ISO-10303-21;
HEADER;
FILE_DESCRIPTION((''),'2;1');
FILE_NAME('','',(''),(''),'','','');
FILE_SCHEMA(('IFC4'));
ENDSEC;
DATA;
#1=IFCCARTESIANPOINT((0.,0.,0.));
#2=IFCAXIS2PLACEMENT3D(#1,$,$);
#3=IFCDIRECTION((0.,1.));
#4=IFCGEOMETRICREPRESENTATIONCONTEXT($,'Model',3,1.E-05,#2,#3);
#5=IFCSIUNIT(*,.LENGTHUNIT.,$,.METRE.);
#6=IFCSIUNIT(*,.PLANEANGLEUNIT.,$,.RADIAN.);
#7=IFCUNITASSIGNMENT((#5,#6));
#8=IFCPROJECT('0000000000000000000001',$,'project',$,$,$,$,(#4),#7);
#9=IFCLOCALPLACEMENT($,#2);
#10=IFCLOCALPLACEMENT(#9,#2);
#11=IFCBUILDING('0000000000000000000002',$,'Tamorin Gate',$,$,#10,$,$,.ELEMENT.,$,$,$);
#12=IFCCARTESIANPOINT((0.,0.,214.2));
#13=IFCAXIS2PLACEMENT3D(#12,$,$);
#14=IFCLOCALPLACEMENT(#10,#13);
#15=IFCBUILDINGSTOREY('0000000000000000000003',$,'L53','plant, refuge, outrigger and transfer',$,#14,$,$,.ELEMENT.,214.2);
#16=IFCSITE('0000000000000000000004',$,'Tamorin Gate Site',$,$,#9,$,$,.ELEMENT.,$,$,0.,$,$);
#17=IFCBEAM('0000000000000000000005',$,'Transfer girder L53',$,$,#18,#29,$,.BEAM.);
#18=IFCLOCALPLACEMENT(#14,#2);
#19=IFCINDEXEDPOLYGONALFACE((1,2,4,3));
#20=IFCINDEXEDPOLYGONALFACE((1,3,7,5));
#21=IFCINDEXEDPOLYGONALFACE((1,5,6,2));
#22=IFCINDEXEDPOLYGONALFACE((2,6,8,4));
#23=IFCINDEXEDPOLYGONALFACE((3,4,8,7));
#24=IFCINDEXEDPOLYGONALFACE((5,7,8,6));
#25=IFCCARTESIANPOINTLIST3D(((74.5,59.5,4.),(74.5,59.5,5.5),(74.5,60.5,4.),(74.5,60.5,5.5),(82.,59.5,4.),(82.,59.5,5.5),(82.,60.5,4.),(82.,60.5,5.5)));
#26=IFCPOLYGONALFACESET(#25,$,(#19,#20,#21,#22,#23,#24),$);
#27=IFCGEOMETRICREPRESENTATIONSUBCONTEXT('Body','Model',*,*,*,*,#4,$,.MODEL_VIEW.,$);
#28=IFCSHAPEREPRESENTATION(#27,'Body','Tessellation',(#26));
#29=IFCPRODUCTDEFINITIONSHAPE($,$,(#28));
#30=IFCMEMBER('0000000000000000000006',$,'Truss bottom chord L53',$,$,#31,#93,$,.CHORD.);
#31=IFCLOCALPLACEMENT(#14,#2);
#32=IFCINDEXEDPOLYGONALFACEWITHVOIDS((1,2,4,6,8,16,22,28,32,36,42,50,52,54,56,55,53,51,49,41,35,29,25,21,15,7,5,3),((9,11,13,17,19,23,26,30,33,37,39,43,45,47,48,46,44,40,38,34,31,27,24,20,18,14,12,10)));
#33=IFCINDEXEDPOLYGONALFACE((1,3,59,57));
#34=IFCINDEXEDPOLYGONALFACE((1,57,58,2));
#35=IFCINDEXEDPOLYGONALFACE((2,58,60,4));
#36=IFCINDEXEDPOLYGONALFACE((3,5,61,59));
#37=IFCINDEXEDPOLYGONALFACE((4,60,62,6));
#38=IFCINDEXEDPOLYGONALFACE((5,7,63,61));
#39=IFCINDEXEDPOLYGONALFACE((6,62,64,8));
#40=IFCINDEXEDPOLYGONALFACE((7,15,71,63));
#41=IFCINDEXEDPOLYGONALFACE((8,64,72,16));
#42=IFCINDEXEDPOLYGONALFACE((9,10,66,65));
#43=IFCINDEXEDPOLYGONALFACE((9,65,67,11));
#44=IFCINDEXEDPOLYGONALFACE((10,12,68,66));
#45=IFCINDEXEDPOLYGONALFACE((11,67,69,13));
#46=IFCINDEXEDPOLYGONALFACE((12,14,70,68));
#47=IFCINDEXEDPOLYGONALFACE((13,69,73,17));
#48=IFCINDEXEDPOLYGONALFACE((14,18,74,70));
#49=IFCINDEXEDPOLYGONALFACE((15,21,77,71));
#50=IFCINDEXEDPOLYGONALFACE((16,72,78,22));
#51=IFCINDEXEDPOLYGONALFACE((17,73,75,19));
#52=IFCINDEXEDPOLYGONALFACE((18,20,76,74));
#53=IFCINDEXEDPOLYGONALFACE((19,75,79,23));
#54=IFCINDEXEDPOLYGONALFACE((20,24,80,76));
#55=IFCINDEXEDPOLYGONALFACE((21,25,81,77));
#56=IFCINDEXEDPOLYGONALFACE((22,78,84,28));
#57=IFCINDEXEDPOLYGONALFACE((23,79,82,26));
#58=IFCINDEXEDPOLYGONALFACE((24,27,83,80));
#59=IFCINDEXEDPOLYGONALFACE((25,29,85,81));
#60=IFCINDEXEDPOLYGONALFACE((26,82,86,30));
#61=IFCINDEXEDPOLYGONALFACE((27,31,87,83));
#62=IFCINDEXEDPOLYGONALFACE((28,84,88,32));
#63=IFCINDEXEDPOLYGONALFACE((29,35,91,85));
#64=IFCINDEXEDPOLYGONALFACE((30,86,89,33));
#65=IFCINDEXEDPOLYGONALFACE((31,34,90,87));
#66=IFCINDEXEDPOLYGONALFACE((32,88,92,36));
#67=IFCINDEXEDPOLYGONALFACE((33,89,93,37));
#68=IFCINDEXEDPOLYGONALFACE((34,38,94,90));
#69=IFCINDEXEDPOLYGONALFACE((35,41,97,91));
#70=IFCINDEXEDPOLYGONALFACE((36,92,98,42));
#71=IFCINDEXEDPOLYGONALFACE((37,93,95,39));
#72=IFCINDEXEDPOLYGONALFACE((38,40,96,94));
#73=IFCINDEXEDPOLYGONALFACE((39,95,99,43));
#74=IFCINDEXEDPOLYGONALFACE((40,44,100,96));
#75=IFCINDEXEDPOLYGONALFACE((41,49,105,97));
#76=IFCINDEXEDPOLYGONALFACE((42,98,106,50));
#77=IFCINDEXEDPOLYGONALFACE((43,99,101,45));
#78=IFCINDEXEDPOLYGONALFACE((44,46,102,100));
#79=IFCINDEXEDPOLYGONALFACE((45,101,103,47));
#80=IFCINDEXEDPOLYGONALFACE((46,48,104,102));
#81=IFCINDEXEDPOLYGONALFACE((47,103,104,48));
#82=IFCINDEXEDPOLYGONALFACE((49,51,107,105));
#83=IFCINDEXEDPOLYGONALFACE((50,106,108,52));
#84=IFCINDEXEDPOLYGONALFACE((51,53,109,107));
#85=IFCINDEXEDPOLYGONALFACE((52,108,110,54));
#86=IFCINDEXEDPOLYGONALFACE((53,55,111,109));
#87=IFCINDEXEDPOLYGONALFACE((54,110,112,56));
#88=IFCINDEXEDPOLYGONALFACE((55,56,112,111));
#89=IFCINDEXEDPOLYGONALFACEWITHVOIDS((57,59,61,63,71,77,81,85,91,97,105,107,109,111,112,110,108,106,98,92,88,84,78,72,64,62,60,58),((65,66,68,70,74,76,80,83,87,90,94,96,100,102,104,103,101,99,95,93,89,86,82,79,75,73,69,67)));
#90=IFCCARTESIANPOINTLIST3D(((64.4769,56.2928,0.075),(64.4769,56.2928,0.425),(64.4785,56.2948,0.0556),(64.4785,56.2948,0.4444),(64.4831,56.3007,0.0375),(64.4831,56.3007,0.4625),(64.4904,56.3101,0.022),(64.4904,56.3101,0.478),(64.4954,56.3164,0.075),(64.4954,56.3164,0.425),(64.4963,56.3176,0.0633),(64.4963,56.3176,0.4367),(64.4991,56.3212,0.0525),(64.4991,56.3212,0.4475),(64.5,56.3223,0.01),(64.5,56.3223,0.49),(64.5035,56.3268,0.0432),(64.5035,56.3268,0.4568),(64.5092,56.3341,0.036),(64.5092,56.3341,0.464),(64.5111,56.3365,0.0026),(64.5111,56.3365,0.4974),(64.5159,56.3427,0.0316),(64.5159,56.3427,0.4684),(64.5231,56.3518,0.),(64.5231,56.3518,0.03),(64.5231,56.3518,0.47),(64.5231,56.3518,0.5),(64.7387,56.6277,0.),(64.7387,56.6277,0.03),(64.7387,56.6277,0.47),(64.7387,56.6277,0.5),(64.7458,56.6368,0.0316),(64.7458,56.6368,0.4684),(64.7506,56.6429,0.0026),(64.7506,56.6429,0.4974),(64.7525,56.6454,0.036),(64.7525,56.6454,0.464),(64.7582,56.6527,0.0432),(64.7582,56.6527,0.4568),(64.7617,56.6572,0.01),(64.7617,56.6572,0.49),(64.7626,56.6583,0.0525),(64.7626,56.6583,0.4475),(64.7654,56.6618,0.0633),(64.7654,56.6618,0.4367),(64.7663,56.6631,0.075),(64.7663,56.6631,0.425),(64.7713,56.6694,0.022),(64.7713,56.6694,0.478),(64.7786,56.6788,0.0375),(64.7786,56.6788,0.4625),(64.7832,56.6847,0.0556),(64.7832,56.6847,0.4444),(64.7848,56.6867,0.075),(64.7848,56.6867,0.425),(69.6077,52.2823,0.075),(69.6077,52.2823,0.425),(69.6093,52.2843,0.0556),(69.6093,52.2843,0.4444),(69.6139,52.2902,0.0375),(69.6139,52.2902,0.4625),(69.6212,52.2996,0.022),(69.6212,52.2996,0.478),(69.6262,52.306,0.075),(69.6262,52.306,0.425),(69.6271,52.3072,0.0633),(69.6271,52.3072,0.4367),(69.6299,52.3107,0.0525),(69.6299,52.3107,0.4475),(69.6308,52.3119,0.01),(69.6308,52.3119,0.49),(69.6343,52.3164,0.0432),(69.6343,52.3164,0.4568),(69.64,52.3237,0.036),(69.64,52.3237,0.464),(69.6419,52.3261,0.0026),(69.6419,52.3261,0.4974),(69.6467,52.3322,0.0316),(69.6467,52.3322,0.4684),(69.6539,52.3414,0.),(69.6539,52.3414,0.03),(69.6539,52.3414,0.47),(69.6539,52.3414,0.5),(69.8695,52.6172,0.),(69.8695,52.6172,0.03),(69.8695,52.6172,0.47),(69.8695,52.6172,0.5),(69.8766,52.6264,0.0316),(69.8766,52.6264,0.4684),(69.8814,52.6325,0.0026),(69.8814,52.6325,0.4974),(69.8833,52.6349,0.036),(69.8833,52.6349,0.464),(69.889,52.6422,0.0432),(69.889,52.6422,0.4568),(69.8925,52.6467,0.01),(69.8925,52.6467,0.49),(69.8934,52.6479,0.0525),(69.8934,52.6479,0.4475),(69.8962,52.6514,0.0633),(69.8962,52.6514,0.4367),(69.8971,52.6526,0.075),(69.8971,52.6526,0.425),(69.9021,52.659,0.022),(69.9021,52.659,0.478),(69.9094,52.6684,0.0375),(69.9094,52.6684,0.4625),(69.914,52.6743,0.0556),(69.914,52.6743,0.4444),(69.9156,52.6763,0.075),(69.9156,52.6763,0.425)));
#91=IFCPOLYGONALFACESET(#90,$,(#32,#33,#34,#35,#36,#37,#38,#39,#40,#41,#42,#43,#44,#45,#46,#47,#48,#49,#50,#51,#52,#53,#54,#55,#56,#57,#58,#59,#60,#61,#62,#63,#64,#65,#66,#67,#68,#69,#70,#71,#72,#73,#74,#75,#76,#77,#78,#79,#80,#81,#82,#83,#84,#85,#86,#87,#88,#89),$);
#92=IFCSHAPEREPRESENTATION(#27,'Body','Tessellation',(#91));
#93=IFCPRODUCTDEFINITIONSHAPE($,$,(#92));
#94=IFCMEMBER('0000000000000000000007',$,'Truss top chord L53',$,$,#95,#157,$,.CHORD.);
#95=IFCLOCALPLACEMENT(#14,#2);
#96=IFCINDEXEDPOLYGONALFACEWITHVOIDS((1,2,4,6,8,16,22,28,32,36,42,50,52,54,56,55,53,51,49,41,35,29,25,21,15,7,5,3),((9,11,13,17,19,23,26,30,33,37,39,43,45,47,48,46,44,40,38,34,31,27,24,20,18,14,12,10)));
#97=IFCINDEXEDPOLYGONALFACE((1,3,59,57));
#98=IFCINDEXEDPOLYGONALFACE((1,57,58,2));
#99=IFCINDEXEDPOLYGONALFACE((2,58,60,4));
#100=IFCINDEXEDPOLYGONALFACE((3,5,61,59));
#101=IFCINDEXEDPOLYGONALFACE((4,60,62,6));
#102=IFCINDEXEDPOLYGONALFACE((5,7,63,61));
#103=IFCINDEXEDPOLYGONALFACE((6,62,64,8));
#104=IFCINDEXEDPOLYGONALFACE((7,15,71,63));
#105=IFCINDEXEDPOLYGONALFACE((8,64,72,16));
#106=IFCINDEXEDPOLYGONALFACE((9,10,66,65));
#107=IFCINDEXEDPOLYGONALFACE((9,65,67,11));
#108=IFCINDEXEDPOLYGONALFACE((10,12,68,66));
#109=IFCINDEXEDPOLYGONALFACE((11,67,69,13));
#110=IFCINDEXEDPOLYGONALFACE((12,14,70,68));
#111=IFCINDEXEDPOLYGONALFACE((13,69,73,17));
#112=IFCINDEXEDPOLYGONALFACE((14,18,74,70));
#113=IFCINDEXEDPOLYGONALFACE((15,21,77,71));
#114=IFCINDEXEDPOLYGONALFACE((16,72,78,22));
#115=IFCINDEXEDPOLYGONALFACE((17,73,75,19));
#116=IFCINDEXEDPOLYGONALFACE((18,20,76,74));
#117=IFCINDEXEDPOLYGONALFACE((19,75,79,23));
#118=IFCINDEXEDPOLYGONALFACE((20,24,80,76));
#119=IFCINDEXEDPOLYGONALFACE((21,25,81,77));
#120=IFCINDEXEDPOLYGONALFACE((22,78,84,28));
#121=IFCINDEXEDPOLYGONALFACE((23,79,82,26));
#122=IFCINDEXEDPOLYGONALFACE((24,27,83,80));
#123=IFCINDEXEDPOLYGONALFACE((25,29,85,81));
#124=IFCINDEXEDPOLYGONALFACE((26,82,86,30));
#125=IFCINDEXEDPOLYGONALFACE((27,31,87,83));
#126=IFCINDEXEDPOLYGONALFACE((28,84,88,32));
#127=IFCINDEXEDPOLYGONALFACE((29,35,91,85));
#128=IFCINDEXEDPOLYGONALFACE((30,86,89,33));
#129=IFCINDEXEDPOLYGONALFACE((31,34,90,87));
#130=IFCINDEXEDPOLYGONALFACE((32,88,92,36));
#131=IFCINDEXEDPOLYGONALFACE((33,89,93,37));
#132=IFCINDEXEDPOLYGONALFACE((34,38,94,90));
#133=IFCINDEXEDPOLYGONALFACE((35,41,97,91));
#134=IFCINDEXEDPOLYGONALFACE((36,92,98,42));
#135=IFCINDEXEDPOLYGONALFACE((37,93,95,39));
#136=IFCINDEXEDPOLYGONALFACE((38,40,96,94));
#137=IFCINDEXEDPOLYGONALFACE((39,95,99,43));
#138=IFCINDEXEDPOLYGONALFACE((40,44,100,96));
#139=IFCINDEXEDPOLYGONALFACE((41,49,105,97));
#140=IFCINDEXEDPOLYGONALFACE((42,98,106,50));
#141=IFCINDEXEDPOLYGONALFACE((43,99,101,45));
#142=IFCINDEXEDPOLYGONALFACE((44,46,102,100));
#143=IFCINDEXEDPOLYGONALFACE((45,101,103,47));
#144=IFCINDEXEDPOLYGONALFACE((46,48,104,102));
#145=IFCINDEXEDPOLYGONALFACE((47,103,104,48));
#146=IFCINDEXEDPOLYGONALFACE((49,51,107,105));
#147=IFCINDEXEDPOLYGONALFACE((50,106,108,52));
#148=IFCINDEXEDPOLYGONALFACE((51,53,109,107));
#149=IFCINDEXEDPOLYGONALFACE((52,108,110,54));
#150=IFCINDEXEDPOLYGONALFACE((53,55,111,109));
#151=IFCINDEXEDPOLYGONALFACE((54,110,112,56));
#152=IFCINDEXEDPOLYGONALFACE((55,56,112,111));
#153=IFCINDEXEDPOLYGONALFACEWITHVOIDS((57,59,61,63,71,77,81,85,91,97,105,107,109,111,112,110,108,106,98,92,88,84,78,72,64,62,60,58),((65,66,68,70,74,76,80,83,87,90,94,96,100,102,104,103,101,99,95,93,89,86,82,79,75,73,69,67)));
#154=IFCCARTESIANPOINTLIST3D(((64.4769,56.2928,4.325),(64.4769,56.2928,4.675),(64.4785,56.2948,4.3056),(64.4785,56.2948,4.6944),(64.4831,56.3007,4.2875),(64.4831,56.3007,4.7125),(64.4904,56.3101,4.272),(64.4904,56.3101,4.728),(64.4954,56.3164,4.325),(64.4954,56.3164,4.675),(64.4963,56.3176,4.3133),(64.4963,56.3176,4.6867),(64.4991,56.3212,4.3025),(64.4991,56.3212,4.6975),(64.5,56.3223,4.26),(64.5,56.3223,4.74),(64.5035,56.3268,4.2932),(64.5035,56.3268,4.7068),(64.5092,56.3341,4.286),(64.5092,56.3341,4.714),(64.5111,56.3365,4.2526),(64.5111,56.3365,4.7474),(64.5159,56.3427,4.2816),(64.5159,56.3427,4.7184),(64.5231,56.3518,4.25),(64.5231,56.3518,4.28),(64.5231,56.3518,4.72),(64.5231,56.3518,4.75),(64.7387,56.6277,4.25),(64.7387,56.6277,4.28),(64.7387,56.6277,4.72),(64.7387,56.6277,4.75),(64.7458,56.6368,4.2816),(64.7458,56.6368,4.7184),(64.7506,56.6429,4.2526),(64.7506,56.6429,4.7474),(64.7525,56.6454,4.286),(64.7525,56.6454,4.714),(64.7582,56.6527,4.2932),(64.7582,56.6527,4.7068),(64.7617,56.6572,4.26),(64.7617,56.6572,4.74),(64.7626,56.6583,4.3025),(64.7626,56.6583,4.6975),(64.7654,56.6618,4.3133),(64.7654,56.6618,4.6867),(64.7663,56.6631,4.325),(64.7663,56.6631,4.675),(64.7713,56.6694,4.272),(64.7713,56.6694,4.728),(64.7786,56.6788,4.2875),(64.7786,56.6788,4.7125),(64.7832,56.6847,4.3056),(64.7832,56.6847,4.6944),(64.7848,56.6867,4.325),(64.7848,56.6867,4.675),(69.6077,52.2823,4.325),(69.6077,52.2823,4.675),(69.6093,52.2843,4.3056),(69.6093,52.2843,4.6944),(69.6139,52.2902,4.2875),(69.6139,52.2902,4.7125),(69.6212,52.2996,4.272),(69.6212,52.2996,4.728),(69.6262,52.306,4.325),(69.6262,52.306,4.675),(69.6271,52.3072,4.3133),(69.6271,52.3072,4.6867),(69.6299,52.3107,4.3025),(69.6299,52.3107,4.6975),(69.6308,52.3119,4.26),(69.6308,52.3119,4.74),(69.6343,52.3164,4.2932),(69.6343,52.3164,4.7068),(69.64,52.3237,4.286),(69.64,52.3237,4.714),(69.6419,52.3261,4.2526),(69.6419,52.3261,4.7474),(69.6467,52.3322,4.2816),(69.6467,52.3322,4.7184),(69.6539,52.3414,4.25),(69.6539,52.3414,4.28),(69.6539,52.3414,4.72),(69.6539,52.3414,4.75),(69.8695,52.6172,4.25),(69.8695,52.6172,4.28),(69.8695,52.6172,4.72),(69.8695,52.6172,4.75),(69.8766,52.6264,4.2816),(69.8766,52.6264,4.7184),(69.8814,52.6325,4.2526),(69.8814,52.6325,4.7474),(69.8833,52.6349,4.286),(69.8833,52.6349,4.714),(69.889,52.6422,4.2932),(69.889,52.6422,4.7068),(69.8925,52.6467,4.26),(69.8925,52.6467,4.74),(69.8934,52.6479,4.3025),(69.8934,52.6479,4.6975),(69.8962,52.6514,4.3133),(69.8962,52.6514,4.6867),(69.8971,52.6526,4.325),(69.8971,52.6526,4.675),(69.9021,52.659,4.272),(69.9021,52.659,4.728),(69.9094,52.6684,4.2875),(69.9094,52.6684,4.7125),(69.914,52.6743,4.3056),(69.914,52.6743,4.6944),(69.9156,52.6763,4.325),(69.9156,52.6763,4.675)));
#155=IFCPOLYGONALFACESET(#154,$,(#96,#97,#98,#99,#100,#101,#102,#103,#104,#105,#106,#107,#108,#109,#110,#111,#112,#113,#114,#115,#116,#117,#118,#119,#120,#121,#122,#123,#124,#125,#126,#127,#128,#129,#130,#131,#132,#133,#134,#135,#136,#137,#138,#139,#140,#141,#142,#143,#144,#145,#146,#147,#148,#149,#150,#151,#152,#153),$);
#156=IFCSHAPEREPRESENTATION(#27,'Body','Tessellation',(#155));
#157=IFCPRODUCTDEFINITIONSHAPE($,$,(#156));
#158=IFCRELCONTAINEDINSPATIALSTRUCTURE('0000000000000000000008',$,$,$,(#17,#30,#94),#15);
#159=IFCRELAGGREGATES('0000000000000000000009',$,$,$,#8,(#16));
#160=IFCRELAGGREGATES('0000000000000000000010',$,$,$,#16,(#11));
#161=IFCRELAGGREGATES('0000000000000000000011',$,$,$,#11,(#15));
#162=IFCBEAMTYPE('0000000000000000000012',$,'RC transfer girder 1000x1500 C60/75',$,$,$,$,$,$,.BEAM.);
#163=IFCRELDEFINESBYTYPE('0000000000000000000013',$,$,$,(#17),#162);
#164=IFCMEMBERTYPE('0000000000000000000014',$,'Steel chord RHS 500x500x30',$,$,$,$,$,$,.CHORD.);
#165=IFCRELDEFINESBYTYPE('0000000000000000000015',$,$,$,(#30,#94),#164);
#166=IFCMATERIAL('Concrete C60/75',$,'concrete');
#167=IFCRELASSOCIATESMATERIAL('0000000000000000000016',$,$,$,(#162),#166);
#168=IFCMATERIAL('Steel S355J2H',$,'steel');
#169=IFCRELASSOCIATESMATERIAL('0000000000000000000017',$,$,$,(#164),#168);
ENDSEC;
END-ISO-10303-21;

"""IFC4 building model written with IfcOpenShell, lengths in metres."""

from ifc_helpers import new_model, si_unit, direction, frame, origin, origin_2d, place, context, subcontext, project, spatial, rectangle, hollow_rectangle, extrude, material, material_profile, profile_set, type_object, element, save


model = new_model("IFC4")

# Units and contexts
model_context = context("Model", 3, precision=1e-05, world=origin(), true_north=direction((0.0, 1.0)))
body_context = subcontext(model_context, "Body", "Model", "MODEL_VIEW")
ifc_project = project(units=[si_unit("LENGTHUNIT", "METRE"), si_unit("PLANEANGLEUNIT", "RADIAN")], contexts=[model_context])

# Site, building, storey
site_placement = place(None, origin())
site = spatial("IfcSite", under=ifc_project, at=site_placement, Name="Tamorin Gate Site", CompositionType="ELEMENT", RefElevation=0.0)
building_placement = place(site_placement, origin())
building = spatial("IfcBuilding", under=site, at=building_placement, Name="Tamorin Gate", CompositionType="ELEMENT")
storey_placement = place(building_placement, frame((0.0, 0.0, 214.2)))
storey = spatial("IfcBuildingStorey", under=building, at=storey_placement, Name="L53", Description="plant, refuge, outrigger and transfer", CompositionType="ELEMENT", Elevation=214.2)

# Shared definitions
ifc_material_1 = material(Name="Concrete C60/75", Category="concrete")

# Beam
ifc_material_profile_1 = material_profile(ifc_material_1, rectangle(XDim=1.0, YDim=1.5, at=origin_2d()), Name="RC 1000x1500")
ifc_profile_set_1 = profile_set([ifc_material_profile_1], Name="Concrete C60/75")
beam_type_1 = type_object("IfcBeamType", Name="RC transfer girder 1000x1500 C60/75", PredefinedType="BEAM", material=ifc_profile_set_1)
for number, where, z_axis, x_axis, name in (
    (1, (74.5, 60.0, 4.75), (1.0, 0.0, 0.0), (0.0, 1.0, 0.0), "Transfer girder L53"),
):
    element("IfcBeam", number, at=place(storey_placement, frame(where, z_axis=z_axis, x_axis=x_axis)), inside=storey, type_object=beam_type_1, Name=name, PredefinedType="BEAM", context=body_context, shape_type="SweptSolid", body=[
        extrude(rectangle(XDim=1.0, YDim=1.5, at=origin_2d()), origin(), (0.0, 0.0, 1.0), 7.5),
    ])

# Members
ifc_material_2 = material(Name="Steel S355J2H", Category="steel")
ifc_material_profile_2 = material_profile(ifc_material_2, hollow_rectangle(XDim=0.5, YDim=0.5, WallThickness=0.03, InnerFilletRadius=0.0449, OuterFilletRadius=0.075, at=origin_2d()), Name="RHS 500x500x30")
ifc_profile_set_2 = profile_set([ifc_material_profile_2], Name="Steel S355J2H")
member_type_1 = type_object("IfcMemberType", Name="Steel chord RHS 500x500x30", PredefinedType="CHORD", material=ifc_profile_set_2)
for number, where, z_axis, x_axis, name in (
    (2, (64.6309, 56.4897, 0.25), (0.787874, -0.615836, 0.0), (0.615836, 0.787874, 0.0), "Truss bottom chord L53"),
    (3, (64.6309, 56.4897, 4.5), (0.787874, -0.615836, 0.0), (0.615836, 0.787874, 0.0), "Truss top chord L53"),
):
    element("IfcMember", number, at=place(storey_placement, frame(where, z_axis=z_axis, x_axis=x_axis)), inside=storey, type_object=member_type_1, Name=name, PredefinedType="CHORD", context=body_context, shape_type="SweptSolid", body=[
        extrude(hollow_rectangle(XDim=0.5, YDim=0.5, WallThickness=0.03, InnerFilletRadius=0.0449, OuterFilletRadius=0.075, at=origin_2d()), origin(), (0.0, 0.0, 1.0), 6.5122),
    ])

save(model, "model.ifc")
